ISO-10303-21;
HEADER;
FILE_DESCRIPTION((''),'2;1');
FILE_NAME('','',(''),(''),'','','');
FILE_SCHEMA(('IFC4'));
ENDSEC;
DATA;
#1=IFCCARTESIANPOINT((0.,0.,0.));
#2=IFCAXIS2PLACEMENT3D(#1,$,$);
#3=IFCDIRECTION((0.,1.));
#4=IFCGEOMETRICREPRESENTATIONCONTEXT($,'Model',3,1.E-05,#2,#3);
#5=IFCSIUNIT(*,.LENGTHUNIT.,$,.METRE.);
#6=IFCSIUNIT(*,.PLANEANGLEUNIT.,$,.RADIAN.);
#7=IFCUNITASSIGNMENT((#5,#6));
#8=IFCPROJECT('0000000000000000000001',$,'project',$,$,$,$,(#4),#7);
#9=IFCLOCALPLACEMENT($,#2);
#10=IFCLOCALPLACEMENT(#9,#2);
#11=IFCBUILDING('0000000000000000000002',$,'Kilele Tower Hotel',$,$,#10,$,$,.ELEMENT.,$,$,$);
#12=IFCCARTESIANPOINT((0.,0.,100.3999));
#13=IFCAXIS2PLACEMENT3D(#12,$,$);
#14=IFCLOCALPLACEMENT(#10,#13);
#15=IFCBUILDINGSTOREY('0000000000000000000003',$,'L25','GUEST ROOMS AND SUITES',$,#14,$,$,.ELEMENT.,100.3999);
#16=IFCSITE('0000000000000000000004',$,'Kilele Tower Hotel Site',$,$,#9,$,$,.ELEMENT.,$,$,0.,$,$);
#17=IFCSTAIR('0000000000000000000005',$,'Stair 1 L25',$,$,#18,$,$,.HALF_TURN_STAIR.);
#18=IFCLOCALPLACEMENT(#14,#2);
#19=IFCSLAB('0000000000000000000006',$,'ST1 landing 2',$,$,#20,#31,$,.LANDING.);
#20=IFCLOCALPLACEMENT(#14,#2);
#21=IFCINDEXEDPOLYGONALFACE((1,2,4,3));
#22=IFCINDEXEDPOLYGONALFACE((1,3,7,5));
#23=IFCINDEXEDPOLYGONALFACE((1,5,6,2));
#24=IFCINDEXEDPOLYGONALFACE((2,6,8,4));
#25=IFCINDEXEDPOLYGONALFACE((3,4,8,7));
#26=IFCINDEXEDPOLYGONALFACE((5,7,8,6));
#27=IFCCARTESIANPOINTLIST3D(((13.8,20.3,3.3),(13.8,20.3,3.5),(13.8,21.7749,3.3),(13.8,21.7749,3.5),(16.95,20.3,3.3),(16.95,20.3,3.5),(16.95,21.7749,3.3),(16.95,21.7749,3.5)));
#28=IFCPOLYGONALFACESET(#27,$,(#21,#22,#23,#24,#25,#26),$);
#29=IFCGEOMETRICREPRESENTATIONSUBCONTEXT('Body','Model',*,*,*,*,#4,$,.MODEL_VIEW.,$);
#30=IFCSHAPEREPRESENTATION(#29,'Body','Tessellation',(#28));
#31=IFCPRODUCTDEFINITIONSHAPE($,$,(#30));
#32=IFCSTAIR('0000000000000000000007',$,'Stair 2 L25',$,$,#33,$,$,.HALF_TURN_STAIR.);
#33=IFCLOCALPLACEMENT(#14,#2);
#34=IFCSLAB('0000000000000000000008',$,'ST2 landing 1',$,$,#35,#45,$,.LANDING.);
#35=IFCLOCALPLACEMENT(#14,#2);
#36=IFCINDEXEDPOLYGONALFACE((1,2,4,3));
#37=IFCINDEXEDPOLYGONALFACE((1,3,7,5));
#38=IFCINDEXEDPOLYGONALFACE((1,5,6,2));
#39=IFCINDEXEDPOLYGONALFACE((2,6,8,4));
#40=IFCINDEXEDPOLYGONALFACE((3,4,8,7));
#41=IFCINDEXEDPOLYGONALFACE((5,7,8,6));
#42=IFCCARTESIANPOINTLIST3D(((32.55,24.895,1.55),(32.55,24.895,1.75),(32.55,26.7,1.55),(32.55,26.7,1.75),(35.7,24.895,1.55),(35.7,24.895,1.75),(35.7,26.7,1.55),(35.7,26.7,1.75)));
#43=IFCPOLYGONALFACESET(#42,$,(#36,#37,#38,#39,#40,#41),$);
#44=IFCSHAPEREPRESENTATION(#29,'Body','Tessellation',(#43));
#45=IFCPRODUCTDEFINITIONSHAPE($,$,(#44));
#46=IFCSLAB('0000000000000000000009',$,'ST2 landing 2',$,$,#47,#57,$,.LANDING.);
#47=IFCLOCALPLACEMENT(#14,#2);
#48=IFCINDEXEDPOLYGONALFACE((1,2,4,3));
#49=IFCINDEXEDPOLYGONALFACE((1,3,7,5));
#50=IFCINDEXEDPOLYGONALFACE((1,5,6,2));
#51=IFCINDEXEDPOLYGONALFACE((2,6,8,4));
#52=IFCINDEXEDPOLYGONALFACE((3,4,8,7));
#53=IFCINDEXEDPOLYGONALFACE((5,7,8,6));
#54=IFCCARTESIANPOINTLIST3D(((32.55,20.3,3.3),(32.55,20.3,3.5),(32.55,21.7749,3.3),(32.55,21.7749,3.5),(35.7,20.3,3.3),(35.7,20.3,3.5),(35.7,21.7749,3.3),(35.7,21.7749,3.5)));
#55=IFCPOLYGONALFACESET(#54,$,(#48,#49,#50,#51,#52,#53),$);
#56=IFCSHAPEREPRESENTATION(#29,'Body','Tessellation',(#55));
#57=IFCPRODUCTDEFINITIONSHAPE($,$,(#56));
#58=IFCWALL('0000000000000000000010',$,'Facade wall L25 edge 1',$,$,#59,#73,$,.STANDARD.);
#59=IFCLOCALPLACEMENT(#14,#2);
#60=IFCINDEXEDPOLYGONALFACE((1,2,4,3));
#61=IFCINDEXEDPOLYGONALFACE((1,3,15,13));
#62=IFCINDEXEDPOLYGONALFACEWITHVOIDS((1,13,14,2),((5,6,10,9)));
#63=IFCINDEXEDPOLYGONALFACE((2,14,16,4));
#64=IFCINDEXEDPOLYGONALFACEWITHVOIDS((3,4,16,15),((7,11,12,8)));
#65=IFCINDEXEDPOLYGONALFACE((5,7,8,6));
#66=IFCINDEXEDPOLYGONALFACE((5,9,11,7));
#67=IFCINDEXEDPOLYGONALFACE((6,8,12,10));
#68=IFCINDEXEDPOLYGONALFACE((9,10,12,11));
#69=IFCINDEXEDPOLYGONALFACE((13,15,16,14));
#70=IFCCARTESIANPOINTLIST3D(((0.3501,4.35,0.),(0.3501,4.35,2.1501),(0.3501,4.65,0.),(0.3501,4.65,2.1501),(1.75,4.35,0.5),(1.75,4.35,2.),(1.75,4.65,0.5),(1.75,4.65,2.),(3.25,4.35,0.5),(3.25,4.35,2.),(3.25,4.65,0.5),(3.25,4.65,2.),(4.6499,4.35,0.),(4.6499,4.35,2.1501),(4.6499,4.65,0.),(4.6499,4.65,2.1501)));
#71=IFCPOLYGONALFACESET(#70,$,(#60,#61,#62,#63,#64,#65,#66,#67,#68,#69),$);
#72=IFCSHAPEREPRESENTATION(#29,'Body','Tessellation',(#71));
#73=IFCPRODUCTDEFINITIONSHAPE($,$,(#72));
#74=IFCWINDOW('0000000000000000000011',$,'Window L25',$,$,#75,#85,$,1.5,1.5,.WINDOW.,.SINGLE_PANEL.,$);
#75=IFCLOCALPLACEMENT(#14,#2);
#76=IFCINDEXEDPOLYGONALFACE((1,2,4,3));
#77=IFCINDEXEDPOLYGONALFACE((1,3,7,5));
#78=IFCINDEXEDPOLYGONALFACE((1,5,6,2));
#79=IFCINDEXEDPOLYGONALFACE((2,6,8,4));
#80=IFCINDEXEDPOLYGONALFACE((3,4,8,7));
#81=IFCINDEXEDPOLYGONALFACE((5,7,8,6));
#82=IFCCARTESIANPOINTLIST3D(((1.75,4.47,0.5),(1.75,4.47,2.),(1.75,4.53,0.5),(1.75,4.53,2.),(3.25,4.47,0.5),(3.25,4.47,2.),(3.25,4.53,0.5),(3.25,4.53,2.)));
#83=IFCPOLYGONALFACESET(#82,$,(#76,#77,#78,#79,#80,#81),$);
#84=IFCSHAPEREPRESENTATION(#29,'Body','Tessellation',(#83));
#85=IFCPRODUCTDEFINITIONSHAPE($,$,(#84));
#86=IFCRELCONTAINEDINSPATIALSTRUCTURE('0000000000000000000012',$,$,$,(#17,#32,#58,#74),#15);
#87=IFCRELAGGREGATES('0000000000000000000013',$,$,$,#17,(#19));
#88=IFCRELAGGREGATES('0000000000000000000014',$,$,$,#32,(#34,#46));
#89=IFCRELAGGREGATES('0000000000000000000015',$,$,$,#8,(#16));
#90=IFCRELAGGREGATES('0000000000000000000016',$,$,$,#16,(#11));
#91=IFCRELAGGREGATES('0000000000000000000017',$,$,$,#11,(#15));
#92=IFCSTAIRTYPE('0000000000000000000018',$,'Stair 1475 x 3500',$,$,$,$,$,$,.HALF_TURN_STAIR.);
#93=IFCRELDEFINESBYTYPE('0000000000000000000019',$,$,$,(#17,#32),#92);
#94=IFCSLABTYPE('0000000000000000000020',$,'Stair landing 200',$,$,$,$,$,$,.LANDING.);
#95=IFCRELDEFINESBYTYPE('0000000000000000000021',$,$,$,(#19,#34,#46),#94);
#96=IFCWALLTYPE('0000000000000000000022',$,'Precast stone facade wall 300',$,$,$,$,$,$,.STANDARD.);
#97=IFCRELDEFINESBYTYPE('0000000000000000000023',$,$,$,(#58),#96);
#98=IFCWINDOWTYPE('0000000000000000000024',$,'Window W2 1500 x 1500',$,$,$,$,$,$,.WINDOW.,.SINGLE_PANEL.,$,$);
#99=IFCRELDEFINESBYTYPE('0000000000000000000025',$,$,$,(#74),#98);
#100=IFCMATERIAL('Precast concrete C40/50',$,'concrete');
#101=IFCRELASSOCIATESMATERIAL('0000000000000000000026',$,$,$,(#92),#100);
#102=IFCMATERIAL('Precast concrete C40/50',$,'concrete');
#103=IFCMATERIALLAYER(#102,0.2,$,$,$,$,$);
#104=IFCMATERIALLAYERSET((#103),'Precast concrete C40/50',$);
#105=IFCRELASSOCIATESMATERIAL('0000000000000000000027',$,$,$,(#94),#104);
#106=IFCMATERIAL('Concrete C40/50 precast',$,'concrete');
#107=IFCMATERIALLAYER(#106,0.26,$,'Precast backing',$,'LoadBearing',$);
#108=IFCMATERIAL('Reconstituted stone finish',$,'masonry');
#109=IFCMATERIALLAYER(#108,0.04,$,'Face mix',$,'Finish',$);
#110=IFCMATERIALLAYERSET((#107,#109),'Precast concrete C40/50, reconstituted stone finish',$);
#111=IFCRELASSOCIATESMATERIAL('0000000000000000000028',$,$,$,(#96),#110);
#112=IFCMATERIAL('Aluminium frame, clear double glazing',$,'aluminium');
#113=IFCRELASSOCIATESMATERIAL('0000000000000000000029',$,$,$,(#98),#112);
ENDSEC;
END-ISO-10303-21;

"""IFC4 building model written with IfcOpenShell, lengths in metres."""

from ifc_helpers import new_model, si_unit, direction, frame, frame_2d, origin, place, context, subcontext, project, spatial, polyline, rectangle, outline, extrude, material, layer, layer_set, type_object, element, fill, aggregate, save


model = new_model("IFC4")

# Units and contexts
model_context = context("Model", 3, precision=1e-05, world=origin(), true_north=direction((0.0, 1.0)))
body_context = subcontext(model_context, "Body", "Model", "MODEL_VIEW")
ifc_project = project(units=[si_unit("LENGTHUNIT", "METRE"), si_unit("PLANEANGLEUNIT", "RADIAN")], contexts=[model_context])

# Site, building, storey
site_placement = place(None, origin())
site = spatial("IfcSite", under=ifc_project, at=site_placement, Name="Kilele Tower Hotel Site", CompositionType="ELEMENT", RefElevation=0.0)
building_placement = place(site_placement, origin())
building = spatial("IfcBuilding", under=site, at=building_placement, Name="Kilele Tower Hotel", CompositionType="ELEMENT")
storey_placement = place(building_placement, frame((0.0, 0.0, 100.3999)))
storey = spatial("IfcBuildingStorey", under=building, at=storey_placement, Name="L25", Description="GUEST ROOMS AND SUITES", CompositionType="ELEMENT", Elevation=100.3999)

# Stairs, slabs
ifc_material_1 = material(Name="Precast concrete C40/50", Category="concrete")
stair_type = type_object("IfcStairType", Name="Stair 1475 x 3500", PredefinedType="HALF_TURN_STAIR", material=ifc_material_1)
stair_1_placement = place(storey_placement, origin())
stair_1 = element("IfcStair", 1, at=stair_1_placement, inside=storey, type_object=stair_type, Name="Stair 1 L25", PredefinedType="HALF_TURN_STAIR")
ifc_material_2 = material(Name="Precast concrete C40/50", Category="concrete")
ifc_layer_1 = layer(ifc_material_2, 0.2)
ifc_layer_set_1 = layer_set([ifc_layer_1], Name="Precast concrete C40/50")
slab_type_1 = type_object("IfcSlabType", Name="Stair landing 200", PredefinedType="LANDING", material=ifc_layer_set_1)
slab_1_placement = place(storey_placement, frame((0.0, 0.0, 3.3)))
slab_1 = element("IfcSlab", 2, at=slab_1_placement, type_object=slab_type_1, Name="ST1 landing 2", PredefinedType="LANDING", context=body_context, shape_type="SweptSolid", body=[
    extrude(outline(polyline([(13.8, 20.3), (16.95, 20.3), (16.95, 21.7749), (13.8, 21.7749), (13.8, 20.3)])), origin(), (0.0, 0.0, 1.0), 0.2),
])
aggregate(stair_1, [slab_1])
stair_2_placement = place(storey_placement, origin())
stair_2 = element("IfcStair", 3, at=stair_2_placement, inside=storey, type_object=stair_type, Name="Stair 2 L25", PredefinedType="HALF_TURN_STAIR")
slab_2_placement = place(storey_placement, frame((0.0, 0.0, 1.55)))
slab_2 = element("IfcSlab", 4, at=slab_2_placement, type_object=slab_type_1, Name="ST2 landing 1", PredefinedType="LANDING", context=body_context, shape_type="SweptSolid", body=[
    extrude(outline(polyline([(32.55, 24.895), (35.7, 24.895), (35.7, 26.7), (32.55, 26.7), (32.55, 24.895)])), origin(), (0.0, 0.0, 1.0), 0.2),
])
slab_3_placement = place(storey_placement, frame((0.0, 0.0, 3.3)))
slab_3 = element("IfcSlab", 5, at=slab_3_placement, type_object=slab_type_1, Name="ST2 landing 2", PredefinedType="LANDING", context=body_context, shape_type="SweptSolid", body=[
    extrude(outline(polyline([(32.55, 20.3), (35.7, 20.3), (35.7, 21.7749), (32.55, 21.7749), (32.55, 20.3)])), origin(), (0.0, 0.0, 1.0), 0.2),
])
aggregate(stair_2, [slab_2, slab_3])

# Wall, opening, window
ifc_material_3 = material(Name="Concrete C40/50 precast", Category="concrete")
ifc_layer_2 = layer(ifc_material_3, 0.26, Name="Precast backing", Category="LoadBearing")
ifc_material_4 = material(Name="Reconstituted stone finish", Category="masonry")
ifc_layer_3 = layer(ifc_material_4, 0.04, Name="Face mix", Category="Finish")
ifc_layer_set_2 = layer_set([ifc_layer_2, ifc_layer_3], Name="Precast concrete C40/50, reconstituted stone finish")
wall_type = type_object("IfcWallType", Name="Precast stone facade wall 300", PredefinedType="STANDARD", material=ifc_layer_set_2)
wall_1_placement = place(storey_placement, frame((0.3501, 4.5, 0.0), z_axis=(0.0, 0.0, 1.0), x_axis=(1.0, 0.0, 0.0)))
wall_1 = element("IfcWall", 6, at=wall_1_placement, inside=storey, type_object=wall_type, Name="Facade wall L25 edge 1", PredefinedType="STANDARD", context=body_context, shape_type="SweptSolid", body=[
    extrude(rectangle(XDim=4.2998, YDim=0.3, at=frame_2d((2.1499, 0.0))), origin(), (0.0, 0.0, 1.0), 2.1501),
])
opening_1_placement = place(wall_1_placement, frame((1.3999, 0.0, 0.5)))
opening_1 = element("IfcOpeningElement", 7, at=opening_1_placement, cuts=wall_1, PredefinedType="OPENING", context=body_context, shape_type="SweptSolid", body=[
    extrude(rectangle(XDim=1.5, YDim=1.5, at=frame_2d((0.75, 0.75))), frame((0.0, 0.1599, 0.0), z_axis=(0.0, -1.0, 0.0), x_axis=(1.0, 0.0, 0.0)), (0.0, 0.0, 1.0), 0.3201),
])
ifc_material_5 = material(Name="Aluminium frame, clear double glazing", Category="aluminium")
window_type = type_object("IfcWindowType", Name="Window W2 1500 x 1500", PartitioningType="SINGLE_PANEL", PredefinedType="WINDOW", material=ifc_material_5)
window_1_placement = place(opening_1_placement, origin())
window_1 = element("IfcWindow", 8, at=window_1_placement, inside=storey, type_object=window_type, Name="Window L25", OverallHeight=1.5, OverallWidth=1.5, PartitioningType="SINGLE_PANEL", PredefinedType="WINDOW", context=body_context, shape_type="SweptSolid", body=[
    extrude(rectangle(XDim=1.5, YDim=1.5, at=frame_2d((0.75, 0.75))), frame((0.0, 0.03, 0.0), z_axis=(0.0, -1.0, 0.0), x_axis=(1.0, 0.0, 0.0)), (0.0, 0.0, 1.0), 0.0601),
])
fill(opening_1, window_1)

save(model, "model.ifc")
